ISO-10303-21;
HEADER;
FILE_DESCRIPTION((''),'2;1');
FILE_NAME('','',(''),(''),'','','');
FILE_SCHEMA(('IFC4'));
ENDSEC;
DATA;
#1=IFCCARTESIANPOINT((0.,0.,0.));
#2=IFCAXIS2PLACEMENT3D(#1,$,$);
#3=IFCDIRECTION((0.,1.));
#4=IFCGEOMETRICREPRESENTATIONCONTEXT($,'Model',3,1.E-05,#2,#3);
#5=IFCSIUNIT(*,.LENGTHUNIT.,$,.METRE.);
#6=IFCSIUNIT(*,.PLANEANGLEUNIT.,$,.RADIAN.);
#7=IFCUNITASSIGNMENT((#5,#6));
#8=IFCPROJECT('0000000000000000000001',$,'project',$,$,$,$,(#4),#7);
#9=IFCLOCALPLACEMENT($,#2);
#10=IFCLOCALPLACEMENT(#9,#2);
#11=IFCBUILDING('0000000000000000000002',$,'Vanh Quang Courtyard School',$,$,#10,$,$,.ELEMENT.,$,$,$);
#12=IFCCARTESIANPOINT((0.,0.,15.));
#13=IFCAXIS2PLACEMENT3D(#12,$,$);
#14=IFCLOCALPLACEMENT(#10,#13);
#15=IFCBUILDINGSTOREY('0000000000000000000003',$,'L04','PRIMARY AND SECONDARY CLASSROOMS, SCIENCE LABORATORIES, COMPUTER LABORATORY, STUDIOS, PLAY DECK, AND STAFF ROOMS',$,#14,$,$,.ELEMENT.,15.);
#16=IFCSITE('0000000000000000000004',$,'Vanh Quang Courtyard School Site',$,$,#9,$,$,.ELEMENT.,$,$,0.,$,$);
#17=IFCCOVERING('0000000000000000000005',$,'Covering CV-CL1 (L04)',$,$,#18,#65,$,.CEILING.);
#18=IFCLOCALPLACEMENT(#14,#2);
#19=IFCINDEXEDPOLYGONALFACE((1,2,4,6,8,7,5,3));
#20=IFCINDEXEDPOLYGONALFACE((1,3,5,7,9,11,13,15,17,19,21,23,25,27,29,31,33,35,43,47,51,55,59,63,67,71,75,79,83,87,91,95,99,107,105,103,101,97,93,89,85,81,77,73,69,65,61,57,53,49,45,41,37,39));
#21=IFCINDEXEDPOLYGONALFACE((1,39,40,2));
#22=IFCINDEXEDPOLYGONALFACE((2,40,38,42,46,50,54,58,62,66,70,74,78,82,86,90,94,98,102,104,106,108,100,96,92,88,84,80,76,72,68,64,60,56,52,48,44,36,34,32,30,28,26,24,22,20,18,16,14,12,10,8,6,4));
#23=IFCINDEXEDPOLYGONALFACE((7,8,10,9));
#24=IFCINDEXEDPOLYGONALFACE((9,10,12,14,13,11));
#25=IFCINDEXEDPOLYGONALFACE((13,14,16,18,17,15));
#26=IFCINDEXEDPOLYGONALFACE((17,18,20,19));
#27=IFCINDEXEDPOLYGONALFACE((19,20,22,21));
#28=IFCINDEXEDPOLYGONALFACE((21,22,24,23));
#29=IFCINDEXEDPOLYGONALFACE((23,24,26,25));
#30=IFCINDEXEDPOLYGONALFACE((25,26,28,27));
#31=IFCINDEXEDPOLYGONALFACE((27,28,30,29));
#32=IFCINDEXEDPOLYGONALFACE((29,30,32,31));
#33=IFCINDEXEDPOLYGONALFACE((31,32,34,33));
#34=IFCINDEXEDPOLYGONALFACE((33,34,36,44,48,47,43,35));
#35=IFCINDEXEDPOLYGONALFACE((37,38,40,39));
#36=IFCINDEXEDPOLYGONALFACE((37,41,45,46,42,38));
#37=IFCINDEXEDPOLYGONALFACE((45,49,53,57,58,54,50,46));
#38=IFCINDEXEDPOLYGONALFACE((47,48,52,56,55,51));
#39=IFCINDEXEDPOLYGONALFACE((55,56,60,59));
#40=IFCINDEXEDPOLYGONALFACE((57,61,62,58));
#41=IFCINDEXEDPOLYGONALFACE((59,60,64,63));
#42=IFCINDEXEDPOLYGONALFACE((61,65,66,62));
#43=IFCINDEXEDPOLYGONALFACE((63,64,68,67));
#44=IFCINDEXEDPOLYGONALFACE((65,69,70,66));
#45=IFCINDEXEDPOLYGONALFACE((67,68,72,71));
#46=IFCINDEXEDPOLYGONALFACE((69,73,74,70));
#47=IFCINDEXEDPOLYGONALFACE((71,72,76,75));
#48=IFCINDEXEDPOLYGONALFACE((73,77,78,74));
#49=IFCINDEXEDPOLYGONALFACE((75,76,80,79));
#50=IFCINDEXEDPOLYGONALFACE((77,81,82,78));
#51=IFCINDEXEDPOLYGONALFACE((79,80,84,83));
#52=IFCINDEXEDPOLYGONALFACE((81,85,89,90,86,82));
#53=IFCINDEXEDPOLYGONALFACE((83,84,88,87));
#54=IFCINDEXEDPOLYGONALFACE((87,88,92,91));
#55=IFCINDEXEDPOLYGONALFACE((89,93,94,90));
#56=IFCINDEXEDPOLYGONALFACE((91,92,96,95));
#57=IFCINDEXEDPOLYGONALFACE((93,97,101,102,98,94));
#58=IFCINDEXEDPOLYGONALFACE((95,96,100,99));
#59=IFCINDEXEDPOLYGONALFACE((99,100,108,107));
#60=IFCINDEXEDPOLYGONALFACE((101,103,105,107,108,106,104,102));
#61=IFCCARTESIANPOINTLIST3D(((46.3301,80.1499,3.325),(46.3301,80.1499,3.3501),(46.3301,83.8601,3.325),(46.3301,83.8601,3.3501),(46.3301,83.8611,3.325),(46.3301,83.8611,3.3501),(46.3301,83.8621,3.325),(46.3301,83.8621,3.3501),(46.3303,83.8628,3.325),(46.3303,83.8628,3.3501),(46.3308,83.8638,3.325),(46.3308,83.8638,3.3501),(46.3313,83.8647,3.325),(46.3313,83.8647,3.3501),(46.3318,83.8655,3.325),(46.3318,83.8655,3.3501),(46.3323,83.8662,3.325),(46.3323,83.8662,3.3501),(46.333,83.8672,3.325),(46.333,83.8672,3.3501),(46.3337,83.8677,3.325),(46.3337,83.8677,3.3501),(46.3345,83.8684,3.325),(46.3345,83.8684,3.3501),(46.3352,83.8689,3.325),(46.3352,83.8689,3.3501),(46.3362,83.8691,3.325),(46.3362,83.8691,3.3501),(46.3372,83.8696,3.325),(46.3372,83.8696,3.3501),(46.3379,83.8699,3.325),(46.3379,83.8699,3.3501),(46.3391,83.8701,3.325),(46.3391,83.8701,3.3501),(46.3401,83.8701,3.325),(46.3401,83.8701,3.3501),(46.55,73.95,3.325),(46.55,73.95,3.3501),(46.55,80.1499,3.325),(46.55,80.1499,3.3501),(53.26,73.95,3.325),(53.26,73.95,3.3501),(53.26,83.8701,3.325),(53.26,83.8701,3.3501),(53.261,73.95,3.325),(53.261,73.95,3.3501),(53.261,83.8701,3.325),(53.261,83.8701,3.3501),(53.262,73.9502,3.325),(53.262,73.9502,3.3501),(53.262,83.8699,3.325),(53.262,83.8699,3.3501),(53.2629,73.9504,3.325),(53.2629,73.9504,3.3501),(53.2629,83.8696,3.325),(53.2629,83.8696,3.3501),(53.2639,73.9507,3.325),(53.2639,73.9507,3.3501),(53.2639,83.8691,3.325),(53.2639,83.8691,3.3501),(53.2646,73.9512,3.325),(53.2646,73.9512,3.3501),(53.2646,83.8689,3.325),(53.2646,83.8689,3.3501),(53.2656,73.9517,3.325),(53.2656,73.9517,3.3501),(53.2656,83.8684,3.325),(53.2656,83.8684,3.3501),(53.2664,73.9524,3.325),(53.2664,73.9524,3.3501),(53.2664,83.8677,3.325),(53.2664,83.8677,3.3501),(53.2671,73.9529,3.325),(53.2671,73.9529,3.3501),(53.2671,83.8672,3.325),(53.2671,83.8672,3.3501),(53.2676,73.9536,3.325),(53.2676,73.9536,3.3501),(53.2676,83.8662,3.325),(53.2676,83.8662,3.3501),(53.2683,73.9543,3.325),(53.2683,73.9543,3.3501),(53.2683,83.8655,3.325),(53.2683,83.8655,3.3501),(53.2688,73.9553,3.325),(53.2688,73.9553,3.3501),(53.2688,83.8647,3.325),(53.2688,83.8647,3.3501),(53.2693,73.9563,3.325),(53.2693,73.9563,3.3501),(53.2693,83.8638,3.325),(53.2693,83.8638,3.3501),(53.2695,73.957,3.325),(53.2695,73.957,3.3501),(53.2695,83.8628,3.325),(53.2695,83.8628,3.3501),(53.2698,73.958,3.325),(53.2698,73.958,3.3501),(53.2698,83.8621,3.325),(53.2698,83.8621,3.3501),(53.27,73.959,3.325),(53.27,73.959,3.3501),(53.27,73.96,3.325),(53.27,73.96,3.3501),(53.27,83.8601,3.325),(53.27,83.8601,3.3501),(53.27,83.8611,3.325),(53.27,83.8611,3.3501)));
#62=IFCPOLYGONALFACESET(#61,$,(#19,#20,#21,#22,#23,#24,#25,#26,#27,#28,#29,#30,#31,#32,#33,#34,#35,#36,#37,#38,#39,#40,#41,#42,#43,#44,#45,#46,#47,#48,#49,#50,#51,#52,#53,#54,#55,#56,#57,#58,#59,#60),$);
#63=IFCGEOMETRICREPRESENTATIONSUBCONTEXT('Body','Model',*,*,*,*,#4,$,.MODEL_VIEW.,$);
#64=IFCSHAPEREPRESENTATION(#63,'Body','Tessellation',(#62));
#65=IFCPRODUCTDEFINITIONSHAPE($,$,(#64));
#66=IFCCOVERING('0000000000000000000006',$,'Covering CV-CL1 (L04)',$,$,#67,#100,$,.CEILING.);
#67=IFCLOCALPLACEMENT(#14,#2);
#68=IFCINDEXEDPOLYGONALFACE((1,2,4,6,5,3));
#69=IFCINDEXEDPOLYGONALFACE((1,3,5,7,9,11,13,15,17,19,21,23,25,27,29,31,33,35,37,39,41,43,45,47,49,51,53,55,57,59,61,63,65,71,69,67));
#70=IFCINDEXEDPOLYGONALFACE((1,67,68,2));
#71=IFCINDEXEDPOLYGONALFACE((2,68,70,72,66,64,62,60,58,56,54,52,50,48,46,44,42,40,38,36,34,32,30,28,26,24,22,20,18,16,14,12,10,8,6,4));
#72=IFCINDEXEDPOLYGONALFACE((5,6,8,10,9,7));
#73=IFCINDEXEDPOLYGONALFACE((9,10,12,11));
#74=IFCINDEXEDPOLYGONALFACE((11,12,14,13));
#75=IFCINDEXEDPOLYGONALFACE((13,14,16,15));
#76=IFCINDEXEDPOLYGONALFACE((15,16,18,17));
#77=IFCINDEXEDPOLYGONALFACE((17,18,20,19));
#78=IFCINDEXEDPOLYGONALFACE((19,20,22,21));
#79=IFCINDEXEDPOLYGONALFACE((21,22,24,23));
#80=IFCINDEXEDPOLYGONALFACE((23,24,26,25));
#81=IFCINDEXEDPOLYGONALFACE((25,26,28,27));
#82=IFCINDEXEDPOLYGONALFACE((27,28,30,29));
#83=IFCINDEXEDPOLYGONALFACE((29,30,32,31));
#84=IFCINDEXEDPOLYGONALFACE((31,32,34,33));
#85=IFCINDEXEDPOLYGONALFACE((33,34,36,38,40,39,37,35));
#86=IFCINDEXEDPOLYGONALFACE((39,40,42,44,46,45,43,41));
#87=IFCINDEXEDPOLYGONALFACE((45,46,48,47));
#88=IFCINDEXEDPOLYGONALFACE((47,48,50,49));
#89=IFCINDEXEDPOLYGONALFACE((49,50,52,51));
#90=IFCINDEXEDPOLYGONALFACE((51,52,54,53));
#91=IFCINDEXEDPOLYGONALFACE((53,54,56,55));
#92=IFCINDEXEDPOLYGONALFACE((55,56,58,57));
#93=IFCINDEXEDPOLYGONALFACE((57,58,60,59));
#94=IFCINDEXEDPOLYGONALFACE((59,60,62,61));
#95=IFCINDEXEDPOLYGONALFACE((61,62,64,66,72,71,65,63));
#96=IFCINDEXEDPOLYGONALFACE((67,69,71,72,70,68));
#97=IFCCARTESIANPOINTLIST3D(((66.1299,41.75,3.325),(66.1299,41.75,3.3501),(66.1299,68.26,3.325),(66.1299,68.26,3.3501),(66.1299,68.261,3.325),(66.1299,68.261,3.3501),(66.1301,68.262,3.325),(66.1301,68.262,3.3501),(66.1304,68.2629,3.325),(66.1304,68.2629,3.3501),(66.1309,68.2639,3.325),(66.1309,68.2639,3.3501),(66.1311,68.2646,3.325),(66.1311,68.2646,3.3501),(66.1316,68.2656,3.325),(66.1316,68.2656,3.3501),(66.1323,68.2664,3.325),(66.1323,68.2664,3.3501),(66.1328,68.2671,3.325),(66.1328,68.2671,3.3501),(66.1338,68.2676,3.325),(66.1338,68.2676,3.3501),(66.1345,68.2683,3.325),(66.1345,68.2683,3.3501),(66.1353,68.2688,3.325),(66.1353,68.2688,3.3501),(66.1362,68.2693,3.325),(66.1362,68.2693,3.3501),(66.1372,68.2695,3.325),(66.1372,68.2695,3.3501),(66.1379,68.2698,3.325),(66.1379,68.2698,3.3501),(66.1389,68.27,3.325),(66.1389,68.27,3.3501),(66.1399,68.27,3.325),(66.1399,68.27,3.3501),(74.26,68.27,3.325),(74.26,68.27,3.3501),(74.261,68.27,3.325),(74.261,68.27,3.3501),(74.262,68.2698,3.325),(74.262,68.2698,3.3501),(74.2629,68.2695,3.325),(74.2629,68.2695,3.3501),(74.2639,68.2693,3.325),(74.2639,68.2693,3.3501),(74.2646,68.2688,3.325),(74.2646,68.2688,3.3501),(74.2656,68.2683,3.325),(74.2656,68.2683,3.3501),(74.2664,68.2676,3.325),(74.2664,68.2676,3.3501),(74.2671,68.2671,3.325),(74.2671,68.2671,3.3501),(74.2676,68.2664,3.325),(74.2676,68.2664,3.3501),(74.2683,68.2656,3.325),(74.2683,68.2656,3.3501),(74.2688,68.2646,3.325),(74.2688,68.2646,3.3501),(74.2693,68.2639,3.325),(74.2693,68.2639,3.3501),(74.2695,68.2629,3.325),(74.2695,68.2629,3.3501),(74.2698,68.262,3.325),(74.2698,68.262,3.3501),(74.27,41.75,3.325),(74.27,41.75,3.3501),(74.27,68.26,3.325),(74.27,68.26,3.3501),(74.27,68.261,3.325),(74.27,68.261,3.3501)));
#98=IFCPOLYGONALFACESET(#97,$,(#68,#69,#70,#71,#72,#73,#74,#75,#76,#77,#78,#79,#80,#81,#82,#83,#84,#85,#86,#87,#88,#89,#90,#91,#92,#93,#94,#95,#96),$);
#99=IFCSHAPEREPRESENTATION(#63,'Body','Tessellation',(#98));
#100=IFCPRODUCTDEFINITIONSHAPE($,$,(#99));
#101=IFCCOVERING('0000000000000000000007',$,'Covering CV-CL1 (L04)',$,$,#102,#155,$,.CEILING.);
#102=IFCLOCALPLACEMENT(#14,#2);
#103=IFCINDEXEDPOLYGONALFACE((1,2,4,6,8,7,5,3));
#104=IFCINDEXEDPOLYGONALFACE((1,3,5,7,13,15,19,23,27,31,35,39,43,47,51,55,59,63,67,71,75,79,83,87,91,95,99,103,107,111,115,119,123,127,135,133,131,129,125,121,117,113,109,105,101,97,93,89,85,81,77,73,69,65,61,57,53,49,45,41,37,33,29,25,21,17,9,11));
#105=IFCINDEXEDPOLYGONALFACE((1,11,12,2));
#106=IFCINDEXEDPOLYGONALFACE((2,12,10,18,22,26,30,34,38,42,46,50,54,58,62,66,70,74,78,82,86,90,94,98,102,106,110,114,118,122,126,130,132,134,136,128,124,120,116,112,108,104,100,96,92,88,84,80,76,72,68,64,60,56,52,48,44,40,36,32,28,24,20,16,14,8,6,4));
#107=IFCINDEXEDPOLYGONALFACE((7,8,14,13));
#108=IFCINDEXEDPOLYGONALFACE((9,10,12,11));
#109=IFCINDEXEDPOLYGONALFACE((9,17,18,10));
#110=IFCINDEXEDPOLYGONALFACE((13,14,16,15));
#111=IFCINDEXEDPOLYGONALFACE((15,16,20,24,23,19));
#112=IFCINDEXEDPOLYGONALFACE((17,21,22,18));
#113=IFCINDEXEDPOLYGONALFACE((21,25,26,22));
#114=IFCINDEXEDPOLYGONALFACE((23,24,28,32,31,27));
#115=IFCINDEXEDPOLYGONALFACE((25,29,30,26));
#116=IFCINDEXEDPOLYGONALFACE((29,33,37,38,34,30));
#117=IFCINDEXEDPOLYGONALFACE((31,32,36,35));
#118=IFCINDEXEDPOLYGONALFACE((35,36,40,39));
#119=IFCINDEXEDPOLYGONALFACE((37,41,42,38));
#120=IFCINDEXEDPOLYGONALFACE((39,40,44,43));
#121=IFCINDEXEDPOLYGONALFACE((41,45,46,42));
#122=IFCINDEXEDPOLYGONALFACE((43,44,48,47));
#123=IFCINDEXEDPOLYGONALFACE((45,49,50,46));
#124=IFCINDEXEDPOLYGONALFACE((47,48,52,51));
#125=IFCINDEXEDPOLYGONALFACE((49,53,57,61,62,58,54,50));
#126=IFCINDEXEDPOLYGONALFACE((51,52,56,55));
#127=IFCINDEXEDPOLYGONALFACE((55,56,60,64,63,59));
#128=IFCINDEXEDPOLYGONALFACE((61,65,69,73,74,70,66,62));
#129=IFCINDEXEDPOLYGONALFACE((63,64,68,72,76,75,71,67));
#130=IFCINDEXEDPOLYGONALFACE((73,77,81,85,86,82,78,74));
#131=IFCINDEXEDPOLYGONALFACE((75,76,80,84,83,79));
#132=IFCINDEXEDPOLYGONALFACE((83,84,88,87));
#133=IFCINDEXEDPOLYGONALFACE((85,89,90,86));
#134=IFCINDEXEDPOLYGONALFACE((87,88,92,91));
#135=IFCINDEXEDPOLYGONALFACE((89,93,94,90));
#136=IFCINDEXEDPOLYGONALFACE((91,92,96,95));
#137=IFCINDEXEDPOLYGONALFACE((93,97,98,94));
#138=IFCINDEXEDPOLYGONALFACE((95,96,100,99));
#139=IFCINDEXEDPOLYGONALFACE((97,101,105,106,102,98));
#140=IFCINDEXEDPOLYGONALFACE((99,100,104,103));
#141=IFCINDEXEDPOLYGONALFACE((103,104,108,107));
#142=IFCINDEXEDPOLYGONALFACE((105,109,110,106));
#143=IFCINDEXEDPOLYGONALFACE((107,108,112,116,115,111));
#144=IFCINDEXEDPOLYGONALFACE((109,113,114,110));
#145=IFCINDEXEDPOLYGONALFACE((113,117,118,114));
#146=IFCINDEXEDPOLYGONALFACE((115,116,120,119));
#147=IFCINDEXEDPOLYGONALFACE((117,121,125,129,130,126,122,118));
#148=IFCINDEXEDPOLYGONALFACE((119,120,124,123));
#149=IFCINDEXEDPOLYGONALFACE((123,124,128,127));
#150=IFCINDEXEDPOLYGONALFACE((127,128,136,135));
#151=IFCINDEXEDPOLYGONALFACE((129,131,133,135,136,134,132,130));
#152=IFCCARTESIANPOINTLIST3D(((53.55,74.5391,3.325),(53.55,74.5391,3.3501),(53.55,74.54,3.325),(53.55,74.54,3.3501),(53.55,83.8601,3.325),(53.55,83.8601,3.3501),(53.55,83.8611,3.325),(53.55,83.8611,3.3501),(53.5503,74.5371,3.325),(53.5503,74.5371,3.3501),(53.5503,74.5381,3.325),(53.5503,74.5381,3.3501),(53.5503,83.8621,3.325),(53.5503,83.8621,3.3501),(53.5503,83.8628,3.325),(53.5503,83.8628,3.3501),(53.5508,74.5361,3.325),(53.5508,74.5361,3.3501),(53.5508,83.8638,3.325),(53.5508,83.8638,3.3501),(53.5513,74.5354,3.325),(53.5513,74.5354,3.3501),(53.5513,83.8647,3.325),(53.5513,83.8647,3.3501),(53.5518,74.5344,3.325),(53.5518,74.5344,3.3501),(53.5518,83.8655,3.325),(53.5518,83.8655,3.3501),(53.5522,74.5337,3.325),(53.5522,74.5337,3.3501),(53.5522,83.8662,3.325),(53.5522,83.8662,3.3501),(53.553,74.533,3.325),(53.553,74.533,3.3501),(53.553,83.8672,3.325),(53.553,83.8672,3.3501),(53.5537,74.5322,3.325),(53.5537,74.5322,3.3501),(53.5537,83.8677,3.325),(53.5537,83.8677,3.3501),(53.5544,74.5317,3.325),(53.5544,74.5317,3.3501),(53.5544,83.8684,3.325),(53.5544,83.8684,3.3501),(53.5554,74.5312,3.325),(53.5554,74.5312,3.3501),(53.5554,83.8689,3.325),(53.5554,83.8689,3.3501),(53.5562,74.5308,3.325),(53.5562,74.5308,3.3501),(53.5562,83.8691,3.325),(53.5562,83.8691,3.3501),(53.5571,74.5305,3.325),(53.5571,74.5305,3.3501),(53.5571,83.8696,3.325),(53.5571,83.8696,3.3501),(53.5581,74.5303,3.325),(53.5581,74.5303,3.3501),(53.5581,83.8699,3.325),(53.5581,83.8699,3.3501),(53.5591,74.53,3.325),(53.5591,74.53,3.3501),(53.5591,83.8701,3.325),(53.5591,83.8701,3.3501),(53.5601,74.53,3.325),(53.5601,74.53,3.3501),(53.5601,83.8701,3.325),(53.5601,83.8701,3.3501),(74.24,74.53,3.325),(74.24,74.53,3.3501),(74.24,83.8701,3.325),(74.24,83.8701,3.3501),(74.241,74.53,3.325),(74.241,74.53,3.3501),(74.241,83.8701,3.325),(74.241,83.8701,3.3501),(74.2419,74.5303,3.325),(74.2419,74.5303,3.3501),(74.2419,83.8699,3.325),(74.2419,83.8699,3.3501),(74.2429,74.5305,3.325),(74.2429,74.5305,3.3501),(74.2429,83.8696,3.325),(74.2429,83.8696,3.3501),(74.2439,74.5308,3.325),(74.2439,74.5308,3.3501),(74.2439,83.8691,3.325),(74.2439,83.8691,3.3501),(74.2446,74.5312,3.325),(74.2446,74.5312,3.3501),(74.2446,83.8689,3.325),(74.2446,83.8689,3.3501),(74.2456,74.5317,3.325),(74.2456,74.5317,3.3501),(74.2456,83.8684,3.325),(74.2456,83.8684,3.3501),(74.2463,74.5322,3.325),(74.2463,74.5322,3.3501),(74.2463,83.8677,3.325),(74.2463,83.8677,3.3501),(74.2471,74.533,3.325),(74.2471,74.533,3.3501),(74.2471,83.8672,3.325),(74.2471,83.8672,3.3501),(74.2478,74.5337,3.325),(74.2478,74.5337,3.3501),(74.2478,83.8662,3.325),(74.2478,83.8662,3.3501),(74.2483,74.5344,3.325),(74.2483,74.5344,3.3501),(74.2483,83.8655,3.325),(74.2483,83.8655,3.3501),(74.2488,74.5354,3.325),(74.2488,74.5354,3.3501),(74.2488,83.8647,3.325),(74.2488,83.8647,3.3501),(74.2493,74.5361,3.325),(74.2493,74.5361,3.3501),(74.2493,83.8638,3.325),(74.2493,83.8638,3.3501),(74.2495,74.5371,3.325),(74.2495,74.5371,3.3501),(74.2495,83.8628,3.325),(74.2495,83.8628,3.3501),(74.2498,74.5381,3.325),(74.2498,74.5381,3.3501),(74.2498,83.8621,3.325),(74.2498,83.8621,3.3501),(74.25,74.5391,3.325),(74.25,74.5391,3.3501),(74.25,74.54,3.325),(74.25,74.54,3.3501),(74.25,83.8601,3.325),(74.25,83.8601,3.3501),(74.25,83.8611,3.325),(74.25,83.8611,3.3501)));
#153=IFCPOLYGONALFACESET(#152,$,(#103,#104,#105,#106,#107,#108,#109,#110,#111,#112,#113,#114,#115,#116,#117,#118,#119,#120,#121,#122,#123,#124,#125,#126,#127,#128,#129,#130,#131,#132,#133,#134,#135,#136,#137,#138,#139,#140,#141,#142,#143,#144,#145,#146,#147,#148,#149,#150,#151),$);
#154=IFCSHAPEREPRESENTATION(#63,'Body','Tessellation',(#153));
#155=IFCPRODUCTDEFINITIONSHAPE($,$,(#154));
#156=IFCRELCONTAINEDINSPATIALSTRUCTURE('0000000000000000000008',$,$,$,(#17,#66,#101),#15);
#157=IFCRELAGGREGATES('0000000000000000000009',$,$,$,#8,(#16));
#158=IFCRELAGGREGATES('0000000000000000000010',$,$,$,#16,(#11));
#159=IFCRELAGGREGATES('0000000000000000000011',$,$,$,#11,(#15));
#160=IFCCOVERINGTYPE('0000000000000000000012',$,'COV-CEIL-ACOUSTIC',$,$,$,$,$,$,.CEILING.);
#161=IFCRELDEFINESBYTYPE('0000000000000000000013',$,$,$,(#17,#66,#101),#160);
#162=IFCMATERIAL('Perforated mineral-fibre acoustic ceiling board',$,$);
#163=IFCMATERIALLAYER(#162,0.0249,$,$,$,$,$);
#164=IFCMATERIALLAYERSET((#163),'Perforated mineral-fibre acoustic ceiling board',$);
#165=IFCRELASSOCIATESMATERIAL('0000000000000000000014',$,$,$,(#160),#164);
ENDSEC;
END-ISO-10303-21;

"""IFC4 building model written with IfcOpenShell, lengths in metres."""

from ifc_helpers import new_model, si_unit, direction, frame, origin, place, context, subcontext, project, spatial, polyline, outline, extrude, material, layer, layer_set, type_object, element, save


model = new_model("IFC4")

# Units and contexts
model_context = context("Model", 3, precision=1e-05, world=origin(), true_north=direction((0.0, 1.0)))
body_context = subcontext(model_context, "Body", "Model", "MODEL_VIEW")
ifc_project = project(units=[si_unit("LENGTHUNIT", "METRE"), si_unit("PLANEANGLEUNIT", "RADIAN")], contexts=[model_context])

# Site, building, storey
site_placement = place(None, origin())
site = spatial("IfcSite", under=ifc_project, at=site_placement, Name="Vanh Quang Courtyard School Site", CompositionType="ELEMENT", RefElevation=0.0)
building_placement = place(site_placement, origin())
building = spatial("IfcBuilding", under=site, at=building_placement, Name="Vanh Quang Courtyard School", CompositionType="ELEMENT")
storey_placement = place(building_placement, frame((0.0, 0.0, 15.0)))
storey = spatial("IfcBuildingStorey", under=building, at=storey_placement, Name="L04", Description="PRIMARY AND SECONDARY CLASSROOMS, SCIENCE LABORATORIES, COMPUTER LABORATORY, STUDIOS, PLAY DECK, AND STAFF ROOMS", CompositionType="ELEMENT", Elevation=15.0)

# Coverings
ifc_material_1 = material(Name="Perforated mineral-fibre acoustic ceiling board")
ifc_layer_1 = layer(ifc_material_1, 0.0249)
ifc_layer_set_1 = layer_set([ifc_layer_1], Name="Perforated mineral-fibre acoustic ceiling board")
covering_type_1 = type_object("IfcCoveringType", Name="COV-CEIL-ACOUSTIC", PredefinedType="CEILING", material=ifc_layer_set_1)
covering_1_placement = place(storey_placement, frame((0.0, 0.0, 3.325)))
element("IfcCovering", 1, at=covering_1_placement, inside=storey, type_object=covering_type_1, Name="Covering CV-CL1 (L04)", PredefinedType="CEILING", context=body_context, shape_type="SweptSolid", body=[
    extrude(outline(polyline([(53.27, 73.96), (53.27, 73.959), (53.2698, 73.958), (53.2695, 73.957), (53.2693, 73.9563), (53.2688, 73.9553), (53.2683, 73.9543), (53.2676, 73.9536), (53.2671, 73.9529), (53.2664, 73.9524), (53.2656, 73.9517), (53.2646, 73.9512), (53.2639, 73.9507), (53.2629, 73.9504), (53.262, 73.9502), (53.261, 73.95), (53.26, 73.95), (46.55, 73.95), (46.55, 80.1499), (46.3301, 80.1499), (46.3301, 83.8601), (46.3301, 83.8611), (46.3301, 83.8621), (46.3303, 83.8628), (46.3308, 83.8638), (46.3313, 83.8647), (46.3318, 83.8655), (46.3323, 83.8662), (46.333, 83.8672), (46.3337, 83.8677), (46.3345, 83.8684), (46.3352, 83.8689), (46.3362, 83.8691), (46.3372, 83.8696), (46.3379, 83.8699), (46.3391, 83.8701), (46.3401, 83.8701), (53.26, 83.8701), (53.261, 83.8701), (53.262, 83.8699), (53.2629, 83.8696), (53.2639, 83.8691), (53.2646, 83.8689), (53.2656, 83.8684), (53.2664, 83.8677), (53.2671, 83.8672), (53.2676, 83.8662), (53.2683, 83.8655), (53.2688, 83.8647), (53.2693, 83.8638), (53.2695, 83.8628), (53.2698, 83.8621), (53.27, 83.8611), (53.27, 83.8601), (53.27, 73.96)])), origin(), (0.0, 0.0, 1.0), 0.0251),
])
covering_2_placement = place(storey_placement, frame((0.0, 0.0, 3.325)))
element("IfcCovering", 2, at=covering_2_placement, inside=storey, type_object=covering_type_1, Name="Covering CV-CL1 (L04)", PredefinedType="CEILING", context=body_context, shape_type="SweptSolid", body=[
    extrude(outline(polyline([(66.1299, 68.26), (66.1299, 68.261), (66.1301, 68.262), (66.1304, 68.2629), (66.1309, 68.2639), (66.1311, 68.2646), (66.1316, 68.2656), (66.1323, 68.2664), (66.1328, 68.2671), (66.1338, 68.2676), (66.1345, 68.2683), (66.1353, 68.2688), (66.1362, 68.2693), (66.1372, 68.2695), (66.1379, 68.2698), (66.1389, 68.27), (66.1399, 68.27), (74.26, 68.27), (74.261, 68.27), (74.262, 68.2698), (74.2629, 68.2695), (74.2639, 68.2693), (74.2646, 68.2688), (74.2656, 68.2683), (74.2664, 68.2676), (74.2671, 68.2671), (74.2676, 68.2664), (74.2683, 68.2656), (74.2688, 68.2646), (74.2693, 68.2639), (74.2695, 68.2629), (74.2698, 68.262), (74.27, 68.261), (74.27, 68.26), (74.27, 41.75), (66.1299, 41.75), (66.1299, 68.26)])), origin(), (0.0, 0.0, 1.0), 0.0251),
])
covering_3_placement = place(storey_placement, frame((0.0, 0.0, 3.325)))
element("IfcCovering", 3, at=covering_3_placement, inside=storey, type_object=covering_type_1, Name="Covering CV-CL1 (L04)", PredefinedType="CEILING", context=body_context, shape_type="SweptSolid", body=[
    extrude(outline(polyline([(53.55, 83.8601), (53.55, 83.8611), (53.5503, 83.8621), (53.5503, 83.8628), (53.5508, 83.8638), (53.5513, 83.8647), (53.5518, 83.8655), (53.5522, 83.8662), (53.553, 83.8672), (53.5537, 83.8677), (53.5544, 83.8684), (53.5554, 83.8689), (53.5562, 83.8691), (53.5571, 83.8696), (53.5581, 83.8699), (53.5591, 83.8701), (53.5601, 83.8701), (74.24, 83.8701), (74.241, 83.8701), (74.2419, 83.8699), (74.2429, 83.8696), (74.2439, 83.8691), (74.2446, 83.8689), (74.2456, 83.8684), (74.2463, 83.8677), (74.2471, 83.8672), (74.2478, 83.8662), (74.2483, 83.8655), (74.2488, 83.8647), (74.2493, 83.8638), (74.2495, 83.8628), (74.2498, 83.8621), (74.25, 83.8611), (74.25, 83.8601), (74.25, 74.54), (74.25, 74.5391), (74.2498, 74.5381), (74.2495, 74.5371), (74.2493, 74.5361), (74.2488, 74.5354), (74.2483, 74.5344), (74.2478, 74.5337), (74.2471, 74.533), (74.2463, 74.5322), (74.2456, 74.5317), (74.2446, 74.5312), (74.2439, 74.5308), (74.2429, 74.5305), (74.2419, 74.5303), (74.241, 74.53), (74.24, 74.53), (53.5601, 74.53), (53.5591, 74.53), (53.5581, 74.5303), (53.5571, 74.5305), (53.5562, 74.5308), (53.5554, 74.5312), (53.5544, 74.5317), (53.5537, 74.5322), (53.553, 74.533), (53.5522, 74.5337), (53.5518, 74.5344), (53.5513, 74.5354), (53.5508, 74.5361), (53.5503, 74.5371), (53.5503, 74.5381), (53.55, 74.5391), (53.55, 74.54), (53.55, 83.8601)])), origin(), (0.0, 0.0, 1.0), 0.0251),
])

save(model, "model.ifc")
